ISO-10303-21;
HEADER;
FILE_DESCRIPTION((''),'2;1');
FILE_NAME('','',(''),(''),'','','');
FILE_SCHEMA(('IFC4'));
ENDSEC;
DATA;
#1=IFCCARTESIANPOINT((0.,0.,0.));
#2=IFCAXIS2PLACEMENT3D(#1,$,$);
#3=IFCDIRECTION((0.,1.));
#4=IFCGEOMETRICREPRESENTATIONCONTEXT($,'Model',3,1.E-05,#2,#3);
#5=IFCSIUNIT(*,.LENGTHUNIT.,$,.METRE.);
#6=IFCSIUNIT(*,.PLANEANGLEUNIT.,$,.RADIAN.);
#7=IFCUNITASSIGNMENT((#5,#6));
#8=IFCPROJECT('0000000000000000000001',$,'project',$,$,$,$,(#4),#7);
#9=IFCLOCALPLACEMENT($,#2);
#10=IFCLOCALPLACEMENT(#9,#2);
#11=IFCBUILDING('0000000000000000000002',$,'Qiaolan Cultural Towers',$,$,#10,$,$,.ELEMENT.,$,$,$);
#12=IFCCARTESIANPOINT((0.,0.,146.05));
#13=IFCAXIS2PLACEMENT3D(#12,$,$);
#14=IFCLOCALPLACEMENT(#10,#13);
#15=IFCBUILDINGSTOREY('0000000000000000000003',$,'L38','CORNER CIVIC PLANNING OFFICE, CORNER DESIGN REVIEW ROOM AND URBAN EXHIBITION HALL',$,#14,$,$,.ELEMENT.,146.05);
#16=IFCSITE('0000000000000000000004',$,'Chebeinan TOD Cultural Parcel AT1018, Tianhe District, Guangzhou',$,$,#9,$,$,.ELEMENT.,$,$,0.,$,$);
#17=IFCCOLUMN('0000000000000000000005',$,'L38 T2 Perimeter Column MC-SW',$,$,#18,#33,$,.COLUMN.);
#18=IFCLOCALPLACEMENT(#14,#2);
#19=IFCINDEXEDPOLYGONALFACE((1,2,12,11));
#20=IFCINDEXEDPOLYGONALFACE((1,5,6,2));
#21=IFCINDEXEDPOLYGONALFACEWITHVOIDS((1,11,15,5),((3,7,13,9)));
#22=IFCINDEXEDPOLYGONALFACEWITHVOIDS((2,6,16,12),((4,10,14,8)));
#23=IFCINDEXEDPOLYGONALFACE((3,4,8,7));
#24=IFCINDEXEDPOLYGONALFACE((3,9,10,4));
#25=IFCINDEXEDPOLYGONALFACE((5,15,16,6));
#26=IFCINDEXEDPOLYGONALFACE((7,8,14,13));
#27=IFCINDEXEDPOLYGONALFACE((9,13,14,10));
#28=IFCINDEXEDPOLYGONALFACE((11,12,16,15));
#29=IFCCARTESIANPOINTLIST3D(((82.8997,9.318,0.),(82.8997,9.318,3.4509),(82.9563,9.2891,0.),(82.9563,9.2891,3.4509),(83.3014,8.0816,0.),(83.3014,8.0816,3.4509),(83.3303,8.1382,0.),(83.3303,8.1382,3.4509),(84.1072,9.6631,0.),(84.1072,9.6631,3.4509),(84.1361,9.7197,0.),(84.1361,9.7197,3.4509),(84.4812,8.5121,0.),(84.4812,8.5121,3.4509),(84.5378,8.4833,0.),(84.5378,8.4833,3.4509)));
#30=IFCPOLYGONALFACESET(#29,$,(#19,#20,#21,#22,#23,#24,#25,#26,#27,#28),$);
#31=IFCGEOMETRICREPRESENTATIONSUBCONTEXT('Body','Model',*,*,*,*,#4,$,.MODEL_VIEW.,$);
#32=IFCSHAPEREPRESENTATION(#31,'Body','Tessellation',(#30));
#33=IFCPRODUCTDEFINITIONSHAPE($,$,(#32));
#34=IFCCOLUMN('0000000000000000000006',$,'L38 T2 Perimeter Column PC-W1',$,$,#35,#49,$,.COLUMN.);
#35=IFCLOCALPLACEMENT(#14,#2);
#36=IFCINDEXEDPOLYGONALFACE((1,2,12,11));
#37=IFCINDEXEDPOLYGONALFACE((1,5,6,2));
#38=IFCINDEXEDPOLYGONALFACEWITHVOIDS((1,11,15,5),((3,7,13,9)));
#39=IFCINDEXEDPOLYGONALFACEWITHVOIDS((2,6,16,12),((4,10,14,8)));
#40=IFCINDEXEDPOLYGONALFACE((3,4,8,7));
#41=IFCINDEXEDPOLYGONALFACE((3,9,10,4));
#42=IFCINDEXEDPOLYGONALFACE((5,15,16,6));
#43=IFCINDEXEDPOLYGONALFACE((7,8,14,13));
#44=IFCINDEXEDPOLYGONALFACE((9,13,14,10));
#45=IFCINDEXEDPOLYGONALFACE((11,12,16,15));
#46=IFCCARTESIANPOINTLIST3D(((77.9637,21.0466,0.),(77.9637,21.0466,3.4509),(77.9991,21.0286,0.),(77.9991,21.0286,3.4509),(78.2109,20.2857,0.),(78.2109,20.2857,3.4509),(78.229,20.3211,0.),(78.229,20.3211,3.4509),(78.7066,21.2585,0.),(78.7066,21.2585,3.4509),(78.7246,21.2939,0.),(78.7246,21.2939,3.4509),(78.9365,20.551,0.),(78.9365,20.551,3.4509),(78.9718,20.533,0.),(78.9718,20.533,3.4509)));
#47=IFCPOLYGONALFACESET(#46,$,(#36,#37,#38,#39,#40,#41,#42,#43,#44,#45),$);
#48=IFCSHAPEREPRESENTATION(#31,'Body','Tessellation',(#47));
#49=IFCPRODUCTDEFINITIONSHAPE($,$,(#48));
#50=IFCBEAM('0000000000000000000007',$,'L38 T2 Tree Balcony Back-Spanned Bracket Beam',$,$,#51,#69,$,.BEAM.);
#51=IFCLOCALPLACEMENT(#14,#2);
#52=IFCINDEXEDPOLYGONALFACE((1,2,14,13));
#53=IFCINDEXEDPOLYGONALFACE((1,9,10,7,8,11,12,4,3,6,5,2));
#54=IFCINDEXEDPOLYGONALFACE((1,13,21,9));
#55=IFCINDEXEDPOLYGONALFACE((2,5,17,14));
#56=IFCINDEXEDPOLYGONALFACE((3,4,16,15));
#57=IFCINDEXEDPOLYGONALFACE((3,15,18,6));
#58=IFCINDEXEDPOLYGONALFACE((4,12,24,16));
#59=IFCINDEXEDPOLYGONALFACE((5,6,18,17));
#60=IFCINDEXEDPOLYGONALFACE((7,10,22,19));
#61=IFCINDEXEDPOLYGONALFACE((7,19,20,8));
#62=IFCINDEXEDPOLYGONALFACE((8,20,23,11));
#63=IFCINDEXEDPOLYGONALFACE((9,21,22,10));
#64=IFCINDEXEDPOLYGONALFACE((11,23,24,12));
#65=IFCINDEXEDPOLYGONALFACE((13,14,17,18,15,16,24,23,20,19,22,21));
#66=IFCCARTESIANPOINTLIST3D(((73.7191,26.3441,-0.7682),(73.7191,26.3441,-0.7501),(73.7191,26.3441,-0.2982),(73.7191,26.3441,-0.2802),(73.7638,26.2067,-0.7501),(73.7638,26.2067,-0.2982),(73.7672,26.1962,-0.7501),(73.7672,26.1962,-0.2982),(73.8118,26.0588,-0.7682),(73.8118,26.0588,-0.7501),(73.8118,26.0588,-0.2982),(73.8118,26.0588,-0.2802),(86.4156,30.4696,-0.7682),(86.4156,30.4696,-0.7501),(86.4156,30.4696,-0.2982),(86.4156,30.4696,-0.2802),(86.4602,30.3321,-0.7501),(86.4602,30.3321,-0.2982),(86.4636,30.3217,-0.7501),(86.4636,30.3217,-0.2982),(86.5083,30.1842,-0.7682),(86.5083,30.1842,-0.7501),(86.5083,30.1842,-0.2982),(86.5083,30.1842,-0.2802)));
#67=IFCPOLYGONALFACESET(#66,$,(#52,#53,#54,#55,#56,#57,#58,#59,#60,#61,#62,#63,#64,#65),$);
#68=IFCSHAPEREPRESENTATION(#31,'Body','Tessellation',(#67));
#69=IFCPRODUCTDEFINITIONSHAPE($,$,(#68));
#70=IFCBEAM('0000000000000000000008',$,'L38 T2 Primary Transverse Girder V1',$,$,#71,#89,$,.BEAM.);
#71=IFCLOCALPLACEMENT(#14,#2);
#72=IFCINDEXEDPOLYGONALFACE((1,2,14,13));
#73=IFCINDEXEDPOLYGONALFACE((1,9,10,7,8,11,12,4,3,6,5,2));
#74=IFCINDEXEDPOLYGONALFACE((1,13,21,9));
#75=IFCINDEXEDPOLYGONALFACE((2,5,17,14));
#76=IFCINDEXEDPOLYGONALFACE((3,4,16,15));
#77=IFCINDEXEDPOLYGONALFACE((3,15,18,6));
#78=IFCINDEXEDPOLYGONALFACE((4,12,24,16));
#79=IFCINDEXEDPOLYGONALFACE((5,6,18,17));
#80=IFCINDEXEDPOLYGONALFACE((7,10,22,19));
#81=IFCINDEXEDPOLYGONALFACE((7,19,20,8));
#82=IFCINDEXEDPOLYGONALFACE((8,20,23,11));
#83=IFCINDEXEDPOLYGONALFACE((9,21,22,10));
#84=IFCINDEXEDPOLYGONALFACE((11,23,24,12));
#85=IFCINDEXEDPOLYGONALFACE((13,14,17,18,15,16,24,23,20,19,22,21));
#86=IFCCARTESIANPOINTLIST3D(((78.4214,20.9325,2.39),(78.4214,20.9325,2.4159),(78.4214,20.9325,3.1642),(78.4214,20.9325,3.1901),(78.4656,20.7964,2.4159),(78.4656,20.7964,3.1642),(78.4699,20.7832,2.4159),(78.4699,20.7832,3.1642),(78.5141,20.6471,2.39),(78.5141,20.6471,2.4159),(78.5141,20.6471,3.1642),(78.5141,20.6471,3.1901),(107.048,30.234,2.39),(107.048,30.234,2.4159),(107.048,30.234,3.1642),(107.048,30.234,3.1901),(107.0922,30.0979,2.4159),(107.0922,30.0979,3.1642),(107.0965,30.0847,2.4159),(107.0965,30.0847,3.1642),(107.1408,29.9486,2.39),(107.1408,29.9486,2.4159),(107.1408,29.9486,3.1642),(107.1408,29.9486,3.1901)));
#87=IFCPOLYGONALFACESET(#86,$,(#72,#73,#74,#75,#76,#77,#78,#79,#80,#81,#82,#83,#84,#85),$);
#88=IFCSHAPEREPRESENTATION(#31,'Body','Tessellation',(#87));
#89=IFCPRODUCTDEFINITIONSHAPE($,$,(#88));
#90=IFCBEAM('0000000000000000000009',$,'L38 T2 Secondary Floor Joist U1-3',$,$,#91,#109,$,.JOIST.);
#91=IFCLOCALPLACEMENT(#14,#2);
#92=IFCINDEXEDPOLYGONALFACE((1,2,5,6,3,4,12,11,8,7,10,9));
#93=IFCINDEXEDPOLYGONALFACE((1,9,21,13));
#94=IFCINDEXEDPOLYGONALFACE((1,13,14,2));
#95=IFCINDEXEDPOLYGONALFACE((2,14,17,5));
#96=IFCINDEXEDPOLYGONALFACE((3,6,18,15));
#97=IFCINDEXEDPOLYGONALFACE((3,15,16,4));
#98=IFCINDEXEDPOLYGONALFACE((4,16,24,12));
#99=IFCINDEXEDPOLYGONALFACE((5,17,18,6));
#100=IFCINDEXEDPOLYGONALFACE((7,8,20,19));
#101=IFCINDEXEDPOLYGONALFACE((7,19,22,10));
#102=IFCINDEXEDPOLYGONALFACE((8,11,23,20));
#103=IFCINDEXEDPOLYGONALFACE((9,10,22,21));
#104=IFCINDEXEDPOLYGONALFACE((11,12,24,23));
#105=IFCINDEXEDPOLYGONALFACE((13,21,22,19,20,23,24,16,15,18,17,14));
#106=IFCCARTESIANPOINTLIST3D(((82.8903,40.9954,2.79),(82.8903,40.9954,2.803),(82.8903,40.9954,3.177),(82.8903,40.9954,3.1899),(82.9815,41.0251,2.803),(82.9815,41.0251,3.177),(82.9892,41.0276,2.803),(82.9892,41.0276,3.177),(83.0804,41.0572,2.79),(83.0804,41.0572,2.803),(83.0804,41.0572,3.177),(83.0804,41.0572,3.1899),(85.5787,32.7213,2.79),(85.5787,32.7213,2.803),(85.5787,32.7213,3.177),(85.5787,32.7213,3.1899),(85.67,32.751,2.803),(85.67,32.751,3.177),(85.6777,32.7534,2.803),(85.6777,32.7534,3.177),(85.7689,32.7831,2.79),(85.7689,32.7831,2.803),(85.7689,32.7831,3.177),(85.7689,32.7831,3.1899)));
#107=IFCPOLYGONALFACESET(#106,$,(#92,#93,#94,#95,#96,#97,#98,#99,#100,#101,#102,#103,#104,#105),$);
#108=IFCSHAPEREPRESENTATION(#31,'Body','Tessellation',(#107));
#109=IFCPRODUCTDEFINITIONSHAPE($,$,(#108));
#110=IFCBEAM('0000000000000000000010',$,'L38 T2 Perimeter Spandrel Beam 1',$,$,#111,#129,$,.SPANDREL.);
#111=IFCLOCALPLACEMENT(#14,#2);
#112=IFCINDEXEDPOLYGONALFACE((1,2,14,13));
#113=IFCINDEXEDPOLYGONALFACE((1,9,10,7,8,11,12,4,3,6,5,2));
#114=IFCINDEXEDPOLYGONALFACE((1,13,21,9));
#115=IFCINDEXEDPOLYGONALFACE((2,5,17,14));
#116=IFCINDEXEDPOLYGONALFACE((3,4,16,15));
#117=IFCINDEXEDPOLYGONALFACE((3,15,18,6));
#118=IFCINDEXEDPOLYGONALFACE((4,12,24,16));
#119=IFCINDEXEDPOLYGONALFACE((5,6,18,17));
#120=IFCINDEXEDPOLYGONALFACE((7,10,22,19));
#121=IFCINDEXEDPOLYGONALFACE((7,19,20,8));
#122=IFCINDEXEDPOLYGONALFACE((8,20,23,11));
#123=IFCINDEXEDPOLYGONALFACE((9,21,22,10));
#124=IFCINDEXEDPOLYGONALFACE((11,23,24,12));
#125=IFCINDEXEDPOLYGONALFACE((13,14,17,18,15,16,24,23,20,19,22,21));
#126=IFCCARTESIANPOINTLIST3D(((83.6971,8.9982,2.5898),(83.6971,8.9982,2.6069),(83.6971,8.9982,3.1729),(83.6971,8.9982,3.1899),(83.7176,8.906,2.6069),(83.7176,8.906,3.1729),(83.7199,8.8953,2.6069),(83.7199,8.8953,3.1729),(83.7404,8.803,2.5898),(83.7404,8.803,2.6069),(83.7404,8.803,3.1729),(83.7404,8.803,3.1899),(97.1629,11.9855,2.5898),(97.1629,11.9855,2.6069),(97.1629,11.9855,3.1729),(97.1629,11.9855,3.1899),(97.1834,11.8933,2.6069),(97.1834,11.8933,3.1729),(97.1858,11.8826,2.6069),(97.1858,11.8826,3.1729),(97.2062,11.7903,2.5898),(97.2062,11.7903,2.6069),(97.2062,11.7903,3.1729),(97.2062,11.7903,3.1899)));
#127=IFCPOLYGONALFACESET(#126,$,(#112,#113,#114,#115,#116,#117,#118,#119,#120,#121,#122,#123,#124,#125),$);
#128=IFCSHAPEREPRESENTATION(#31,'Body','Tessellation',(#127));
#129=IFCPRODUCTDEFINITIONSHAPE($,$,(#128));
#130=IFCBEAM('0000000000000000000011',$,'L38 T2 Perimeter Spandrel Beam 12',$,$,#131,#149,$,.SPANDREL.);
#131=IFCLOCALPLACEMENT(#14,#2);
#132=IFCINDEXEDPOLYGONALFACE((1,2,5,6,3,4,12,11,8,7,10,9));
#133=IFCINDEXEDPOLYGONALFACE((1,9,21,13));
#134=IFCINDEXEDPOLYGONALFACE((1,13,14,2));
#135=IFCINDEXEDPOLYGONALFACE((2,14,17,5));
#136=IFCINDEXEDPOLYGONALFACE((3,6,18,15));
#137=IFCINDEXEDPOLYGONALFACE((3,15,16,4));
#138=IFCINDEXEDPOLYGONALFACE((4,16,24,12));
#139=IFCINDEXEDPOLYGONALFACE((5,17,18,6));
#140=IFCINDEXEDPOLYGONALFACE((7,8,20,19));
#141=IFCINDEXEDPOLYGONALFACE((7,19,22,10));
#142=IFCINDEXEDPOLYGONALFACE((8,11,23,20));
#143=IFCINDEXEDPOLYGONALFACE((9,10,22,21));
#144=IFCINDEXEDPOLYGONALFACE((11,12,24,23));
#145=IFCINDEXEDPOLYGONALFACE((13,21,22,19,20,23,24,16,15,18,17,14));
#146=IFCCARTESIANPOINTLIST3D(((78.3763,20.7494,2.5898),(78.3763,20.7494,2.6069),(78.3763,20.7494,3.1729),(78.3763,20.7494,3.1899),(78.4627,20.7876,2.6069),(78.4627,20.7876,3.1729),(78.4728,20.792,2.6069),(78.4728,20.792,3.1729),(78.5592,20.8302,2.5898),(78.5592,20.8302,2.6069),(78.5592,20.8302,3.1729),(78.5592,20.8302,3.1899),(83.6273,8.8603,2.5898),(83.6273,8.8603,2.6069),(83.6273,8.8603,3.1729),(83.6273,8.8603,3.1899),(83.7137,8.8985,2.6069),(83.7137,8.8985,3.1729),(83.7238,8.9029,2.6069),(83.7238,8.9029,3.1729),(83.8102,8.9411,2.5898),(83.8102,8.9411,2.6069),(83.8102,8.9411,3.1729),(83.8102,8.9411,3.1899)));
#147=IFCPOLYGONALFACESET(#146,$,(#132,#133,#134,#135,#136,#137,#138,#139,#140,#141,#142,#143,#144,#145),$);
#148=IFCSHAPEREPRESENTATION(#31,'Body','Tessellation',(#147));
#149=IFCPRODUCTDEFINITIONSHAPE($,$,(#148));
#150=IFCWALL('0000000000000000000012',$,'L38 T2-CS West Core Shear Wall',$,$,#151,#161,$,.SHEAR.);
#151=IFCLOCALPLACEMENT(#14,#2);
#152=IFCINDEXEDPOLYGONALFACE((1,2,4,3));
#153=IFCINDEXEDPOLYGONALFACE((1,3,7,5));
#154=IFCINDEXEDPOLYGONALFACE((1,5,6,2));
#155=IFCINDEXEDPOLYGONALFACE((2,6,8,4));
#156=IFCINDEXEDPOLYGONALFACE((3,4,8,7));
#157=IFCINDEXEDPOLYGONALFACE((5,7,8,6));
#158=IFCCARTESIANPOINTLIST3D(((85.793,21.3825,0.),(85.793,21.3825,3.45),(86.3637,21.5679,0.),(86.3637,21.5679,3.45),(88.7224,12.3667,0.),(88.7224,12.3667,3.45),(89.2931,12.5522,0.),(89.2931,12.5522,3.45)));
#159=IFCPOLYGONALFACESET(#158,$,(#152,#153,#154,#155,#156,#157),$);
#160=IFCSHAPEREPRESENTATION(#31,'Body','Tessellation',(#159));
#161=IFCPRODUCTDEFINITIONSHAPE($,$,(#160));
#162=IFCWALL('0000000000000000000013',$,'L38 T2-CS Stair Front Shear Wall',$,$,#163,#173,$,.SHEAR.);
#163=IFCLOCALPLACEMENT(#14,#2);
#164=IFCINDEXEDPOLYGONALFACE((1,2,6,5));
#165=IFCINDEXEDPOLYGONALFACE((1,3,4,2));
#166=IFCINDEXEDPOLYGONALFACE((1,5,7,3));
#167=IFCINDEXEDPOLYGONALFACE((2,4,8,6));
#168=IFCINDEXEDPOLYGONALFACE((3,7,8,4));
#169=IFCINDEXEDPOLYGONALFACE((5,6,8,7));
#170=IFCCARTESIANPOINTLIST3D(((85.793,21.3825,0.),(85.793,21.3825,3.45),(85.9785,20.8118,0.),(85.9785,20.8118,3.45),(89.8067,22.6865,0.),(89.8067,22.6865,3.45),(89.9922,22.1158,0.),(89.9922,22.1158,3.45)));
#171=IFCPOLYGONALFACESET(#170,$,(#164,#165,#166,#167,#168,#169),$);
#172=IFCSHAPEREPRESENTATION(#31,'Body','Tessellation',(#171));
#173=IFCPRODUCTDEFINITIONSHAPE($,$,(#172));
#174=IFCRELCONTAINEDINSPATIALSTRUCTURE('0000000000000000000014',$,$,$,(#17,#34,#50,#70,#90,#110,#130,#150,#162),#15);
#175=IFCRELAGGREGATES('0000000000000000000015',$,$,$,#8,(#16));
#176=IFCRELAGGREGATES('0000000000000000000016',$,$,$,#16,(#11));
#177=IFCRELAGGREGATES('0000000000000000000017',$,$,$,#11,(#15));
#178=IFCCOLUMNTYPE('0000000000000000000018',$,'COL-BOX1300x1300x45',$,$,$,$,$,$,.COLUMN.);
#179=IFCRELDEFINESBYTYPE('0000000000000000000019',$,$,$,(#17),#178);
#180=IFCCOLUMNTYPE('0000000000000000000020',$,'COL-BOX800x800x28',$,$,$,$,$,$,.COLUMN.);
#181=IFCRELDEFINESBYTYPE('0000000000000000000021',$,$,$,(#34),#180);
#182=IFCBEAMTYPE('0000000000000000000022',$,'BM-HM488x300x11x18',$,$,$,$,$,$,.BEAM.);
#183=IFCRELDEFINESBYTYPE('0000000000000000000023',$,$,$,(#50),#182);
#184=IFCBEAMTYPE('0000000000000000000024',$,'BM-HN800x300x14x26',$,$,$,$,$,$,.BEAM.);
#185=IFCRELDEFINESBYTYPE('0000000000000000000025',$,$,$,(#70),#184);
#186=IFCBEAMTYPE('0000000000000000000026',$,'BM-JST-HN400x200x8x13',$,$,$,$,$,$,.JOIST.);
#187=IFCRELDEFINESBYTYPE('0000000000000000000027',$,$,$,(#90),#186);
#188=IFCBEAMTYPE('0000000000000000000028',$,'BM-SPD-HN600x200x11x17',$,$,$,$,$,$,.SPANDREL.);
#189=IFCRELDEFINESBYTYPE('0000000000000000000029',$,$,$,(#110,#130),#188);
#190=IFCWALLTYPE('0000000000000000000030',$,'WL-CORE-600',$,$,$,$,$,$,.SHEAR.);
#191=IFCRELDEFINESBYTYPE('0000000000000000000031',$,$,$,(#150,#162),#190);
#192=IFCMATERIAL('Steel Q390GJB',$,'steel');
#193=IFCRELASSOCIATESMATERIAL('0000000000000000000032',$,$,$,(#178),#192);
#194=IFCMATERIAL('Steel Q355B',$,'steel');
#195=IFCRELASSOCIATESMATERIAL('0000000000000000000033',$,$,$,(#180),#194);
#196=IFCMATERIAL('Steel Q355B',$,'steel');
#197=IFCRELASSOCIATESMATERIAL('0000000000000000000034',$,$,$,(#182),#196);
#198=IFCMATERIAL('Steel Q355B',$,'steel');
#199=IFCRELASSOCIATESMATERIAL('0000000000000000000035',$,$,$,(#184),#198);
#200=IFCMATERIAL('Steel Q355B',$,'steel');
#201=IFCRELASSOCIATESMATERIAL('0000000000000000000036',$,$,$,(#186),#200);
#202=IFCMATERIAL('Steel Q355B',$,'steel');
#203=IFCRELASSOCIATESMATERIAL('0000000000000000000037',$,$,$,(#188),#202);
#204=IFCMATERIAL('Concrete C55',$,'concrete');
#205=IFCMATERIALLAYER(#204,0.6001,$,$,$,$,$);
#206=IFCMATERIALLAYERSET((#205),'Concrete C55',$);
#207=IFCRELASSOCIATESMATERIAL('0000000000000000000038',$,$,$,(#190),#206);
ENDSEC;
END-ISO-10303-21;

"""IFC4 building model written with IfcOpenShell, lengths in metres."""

from ifc_helpers import new_model, si_unit, direction, frame, frame_2d, origin, origin_2d, place, context, subcontext, project, spatial, rectangle, hollow_rectangle, i_section, extrude, material, layer, layer_set, material_profile, profile_set, type_object, element, save


model = new_model("IFC4")

# Units and contexts
model_context = context("Model", 3, precision=1e-05, world=origin(), true_north=direction((0.0, 1.0)))
body_context = subcontext(model_context, "Body", "Model", "MODEL_VIEW")
ifc_project = project(units=[si_unit("LENGTHUNIT", "METRE"), si_unit("PLANEANGLEUNIT", "RADIAN")], contexts=[model_context])

# Site, building, storey
site_placement = place(None, origin())
site = spatial("IfcSite", under=ifc_project, at=site_placement, Name="Chebeinan TOD Cultural Parcel AT1018, Tianhe District, Guangzhou", CompositionType="ELEMENT", RefElevation=0.0)
building_placement = place(site_placement, origin())
building = spatial("IfcBuilding", under=site, at=building_placement, Name="Qiaolan Cultural Towers", CompositionType="ELEMENT")
storey_placement = place(building_placement, frame((0.0, 0.0, 146.05)))
storey = spatial("IfcBuildingStorey", under=building, at=storey_placement, Name="L38", Description="CORNER CIVIC PLANNING OFFICE, CORNER DESIGN REVIEW ROOM AND URBAN EXHIBITION HALL", CompositionType="ELEMENT", Elevation=146.05)

# Columns
ifc_material_1 = material(Name="Steel Q390GJB", Category="steel")
ifc_material_profile_1 = material_profile(ifc_material_1, hollow_rectangle(XDim=1.3, YDim=1.3, WallThickness=0.0449, at=origin_2d()), Name="BOX1300x1300x45")
ifc_profile_set_1 = profile_set([ifc_material_profile_1], Name="Steel Q390GJB")
column_type_1 = type_object("IfcColumnType", Name="COL-BOX1300x1300x45", PredefinedType="COLUMN", material=ifc_profile_set_1)
column_1_placement = place(storey_placement, frame((83.7188, 8.9006, 0.0), z_axis=(0.0, 0.0, 1.0), x_axis=(0.951057, 0.309017, 0.0)))
element("IfcColumn", 1, at=column_1_placement, inside=storey, type_object=column_type_1, Name="L38 T2 Perimeter Column MC-SW", PredefinedType="COLUMN", context=body_context, shape_type="SweptSolid", body=[
    extrude(hollow_rectangle(XDim=1.3, YDim=1.3, WallThickness=0.0449, at=origin_2d()), origin(), (0.0, 0.0, 1.0), 3.4509),
])
ifc_material_2 = material(Name="Steel Q355B", Category="steel")
ifc_material_profile_2 = material_profile(ifc_material_2, hollow_rectangle(XDim=0.8, YDim=0.8, WallThickness=0.0281, at=origin_2d()), Name="BOX800x800x28")
ifc_profile_set_2 = profile_set([ifc_material_profile_2], Name="Steel Q355B")
column_type_2 = type_object("IfcColumnType", Name="COL-BOX800x800x28", PredefinedType="COLUMN", material=ifc_profile_set_2)
column_2_placement = place(storey_placement, frame((78.4678, 20.7898, 0.0), z_axis=(0.0, 0.0, 1.0), x_axis=(0.951057, 0.309017, 0.0)))
element("IfcColumn", 2, at=column_2_placement, inside=storey, type_object=column_type_2, Name="L38 T2 Perimeter Column PC-W1", PredefinedType="COLUMN", context=body_context, shape_type="SweptSolid", body=[
    extrude(hollow_rectangle(XDim=0.8, YDim=0.8, WallThickness=0.0281, at=origin_2d()), origin(), (0.0, 0.0, 1.0), 3.4509),
])

# Beams
ifc_material_3 = material(Name="Steel Q355B", Category="steel")
ifc_material_profile_3 = material_profile(ifc_material_3, i_section(OverallWidth=0.3, OverallDepth=0.488, WebThickness=0.011, FlangeThickness=0.0181, at=origin_2d()), Name="HM488x300x11x18")
ifc_profile_set_3 = profile_set([ifc_material_profile_3], Name="Steel Q355B")
beam_type_1 = type_object("IfcBeamType", Name="BM-HM488x300x11x18", PredefinedType="BEAM", material=ifc_profile_set_3)
beam_1_placement = place(storey_placement, frame((86.4619, 30.3269, -0.5242), z_axis=(-0.951054, -0.309026, 0.0), x_axis=(0.309026, -0.951054, 0.0)))
element("IfcBeam", 3, at=beam_1_placement, inside=storey, type_object=beam_type_1, Name="L38 T2 Tree Balcony Back-Spanned Bracket Beam", PredefinedType="BEAM", context=body_context, shape_type="SweptSolid", body=[
    extrude(i_section(OverallWidth=0.3, OverallDepth=0.488, WebThickness=0.011, FlangeThickness=0.0181, at=origin_2d()), origin(), (0.0, 0.0, 1.0), 13.3499),
])
ifc_material_4 = material(Name="Steel Q355B", Category="steel")
ifc_material_profile_4 = material_profile(ifc_material_4, i_section(OverallWidth=0.3, OverallDepth=0.8, WebThickness=0.0139, FlangeThickness=0.0259, at=origin_2d()), Name="HN800x300x14x26")
ifc_profile_set_4 = profile_set([ifc_material_profile_4], Name="Steel Q355B")
beam_type_2 = type_object("IfcBeamType", Name="BM-HN800x300x14x26", PredefinedType="BEAM", material=ifc_profile_set_4)
beam_2_placement = place(storey_placement, frame((78.4678, 20.7898, 2.79), z_axis=(0.951055, 0.309021, 0.0), x_axis=(-0.309021, 0.951055, 0.0)))
element("IfcBeam", 4, at=beam_2_placement, inside=storey, type_object=beam_type_2, Name="L38 T2 Primary Transverse Girder V1", PredefinedType="BEAM", context=body_context, shape_type="SweptSolid", body=[
    extrude(i_section(OverallWidth=0.3, OverallDepth=0.8, WebThickness=0.0139, FlangeThickness=0.0259, at=origin_2d()), origin(), (0.0, 0.0, 1.0), 30.0999),
])
ifc_material_5 = material(Name="Steel Q355B", Category="steel")
ifc_material_profile_5 = material_profile(ifc_material_5, i_section(OverallWidth=0.2, OverallDepth=0.3999, WebThickness=0.0081, FlangeThickness=0.0129, at=origin_2d()), Name="HN400x200x8x13")
ifc_profile_set_5 = profile_set([ifc_material_profile_5], Name="Steel Q355B")
beam_type_3 = type_object("IfcBeamType", Name="BM-JST-HN400x200x8x13", PredefinedType="JOIST", material=ifc_profile_set_5)
beam_3_placement = place(storey_placement, frame((85.6738, 32.7522, 2.99), z_axis=(-0.309021, 0.951055, 0.0), x_axis=(-0.951055, -0.309021, 0.0)))
element("IfcBeam", 5, at=beam_3_placement, inside=storey, type_object=beam_type_3, Name="L38 T2 Secondary Floor Joist U1-3", PredefinedType="JOIST", context=body_context, shape_type="SweptSolid", body=[
    extrude(i_section(OverallWidth=0.2, OverallDepth=0.3999, WebThickness=0.0081, FlangeThickness=0.0129, at=origin_2d()), origin(), (0.0, 0.0, 1.0), 8.7),
])
ifc_material_6 = material(Name="Steel Q355B", Category="steel")
ifc_material_profile_6 = material_profile(ifc_material_6, i_section(OverallWidth=0.2, OverallDepth=0.6001, WebThickness=0.011, FlangeThickness=0.0171, at=origin_2d()), Name="HN600x200x11x17")
ifc_profile_set_6 = profile_set([ifc_material_profile_6], Name="Steel Q355B")
beam_type_4 = type_object("IfcBeamType", Name="BM-SPD-HN600x200x11x17", PredefinedType="SPANDREL", material=ifc_profile_set_6)
beam_4_placement = place(storey_placement, frame((83.7188, 8.9006, 2.8899), z_axis=(0.976265, 0.216578, 0.0), x_axis=(-0.216578, 0.976265, 0.0)))
element("IfcBeam", 6, at=beam_4_placement, inside=storey, type_object=beam_type_4, Name="L38 T2 Perimeter Spandrel Beam 1", PredefinedType="SPANDREL", context=body_context, shape_type="SweptSolid", body=[
    extrude(i_section(OverallWidth=0.2, OverallDepth=0.6001, WebThickness=0.011, FlangeThickness=0.0171, at=origin_2d()), origin(), (0.0, 0.0, 1.0), 13.7932),
])
beam_5_placement = place(storey_placement, frame((78.4678, 20.7898, 2.8899), z_axis=(0.404011, -0.914754, 0.0), x_axis=(0.914754, 0.404011, 0.0)))
element("IfcBeam", 7, at=beam_5_placement, inside=storey, type_object=beam_type_4, Name="L38 T2 Perimeter Spandrel Beam 12", PredefinedType="SPANDREL", context=body_context, shape_type="SweptSolid", body=[
    extrude(i_section(OverallWidth=0.2, OverallDepth=0.6001, WebThickness=0.011, FlangeThickness=0.0171, at=origin_2d()), origin(), (0.0, 0.0, 1.0), 12.9971),
])

# Walls
ifc_material_7 = material(Name="Concrete C55", Category="concrete")
ifc_layer_1 = layer(ifc_material_7, 0.6001)
ifc_layer_set_1 = layer_set([ifc_layer_1], Name="Concrete C55")
wall_type_1 = type_object("IfcWallType", Name="WL-CORE-600", PredefinedType="SHEAR", material=ifc_layer_set_1)
wall_1_placement = place(storey_placement, frame((86.0784, 21.4751, 0.0), z_axis=(0.0, 0.0, 1.0), x_axis=(0.309018, -0.951056, 0.0)))
element("IfcWall", 8, at=wall_1_placement, inside=storey, type_object=wall_type_1, Name="L38 T2-CS West Core Shear Wall", PredefinedType="SHEAR", context=body_context, shape_type="SweptSolid", body=[
    extrude(rectangle(XDim=9.4797, YDim=0.6001, at=frame_2d((4.7397, 0.0))), origin(), (0.0, 0.0, 1.0), 3.45),
])
wall_2_placement = place(storey_placement, frame((85.8857, 21.0972, 0.0), z_axis=(0.0, 0.0, 1.0), x_axis=(0.951068, 0.308981, 0.0)))
element("IfcWall", 9, at=wall_2_placement, inside=storey, type_object=wall_type_1, Name="L38 T2-CS Stair Front Shear Wall", PredefinedType="SHEAR", context=body_context, shape_type="SweptSolid", body=[
    extrude(rectangle(XDim=4.2202, YDim=0.6001, at=frame_2d((2.1101, 0.0))), origin(), (0.0, 0.0, 1.0), 3.45),
])

save(model, "model.ifc")
